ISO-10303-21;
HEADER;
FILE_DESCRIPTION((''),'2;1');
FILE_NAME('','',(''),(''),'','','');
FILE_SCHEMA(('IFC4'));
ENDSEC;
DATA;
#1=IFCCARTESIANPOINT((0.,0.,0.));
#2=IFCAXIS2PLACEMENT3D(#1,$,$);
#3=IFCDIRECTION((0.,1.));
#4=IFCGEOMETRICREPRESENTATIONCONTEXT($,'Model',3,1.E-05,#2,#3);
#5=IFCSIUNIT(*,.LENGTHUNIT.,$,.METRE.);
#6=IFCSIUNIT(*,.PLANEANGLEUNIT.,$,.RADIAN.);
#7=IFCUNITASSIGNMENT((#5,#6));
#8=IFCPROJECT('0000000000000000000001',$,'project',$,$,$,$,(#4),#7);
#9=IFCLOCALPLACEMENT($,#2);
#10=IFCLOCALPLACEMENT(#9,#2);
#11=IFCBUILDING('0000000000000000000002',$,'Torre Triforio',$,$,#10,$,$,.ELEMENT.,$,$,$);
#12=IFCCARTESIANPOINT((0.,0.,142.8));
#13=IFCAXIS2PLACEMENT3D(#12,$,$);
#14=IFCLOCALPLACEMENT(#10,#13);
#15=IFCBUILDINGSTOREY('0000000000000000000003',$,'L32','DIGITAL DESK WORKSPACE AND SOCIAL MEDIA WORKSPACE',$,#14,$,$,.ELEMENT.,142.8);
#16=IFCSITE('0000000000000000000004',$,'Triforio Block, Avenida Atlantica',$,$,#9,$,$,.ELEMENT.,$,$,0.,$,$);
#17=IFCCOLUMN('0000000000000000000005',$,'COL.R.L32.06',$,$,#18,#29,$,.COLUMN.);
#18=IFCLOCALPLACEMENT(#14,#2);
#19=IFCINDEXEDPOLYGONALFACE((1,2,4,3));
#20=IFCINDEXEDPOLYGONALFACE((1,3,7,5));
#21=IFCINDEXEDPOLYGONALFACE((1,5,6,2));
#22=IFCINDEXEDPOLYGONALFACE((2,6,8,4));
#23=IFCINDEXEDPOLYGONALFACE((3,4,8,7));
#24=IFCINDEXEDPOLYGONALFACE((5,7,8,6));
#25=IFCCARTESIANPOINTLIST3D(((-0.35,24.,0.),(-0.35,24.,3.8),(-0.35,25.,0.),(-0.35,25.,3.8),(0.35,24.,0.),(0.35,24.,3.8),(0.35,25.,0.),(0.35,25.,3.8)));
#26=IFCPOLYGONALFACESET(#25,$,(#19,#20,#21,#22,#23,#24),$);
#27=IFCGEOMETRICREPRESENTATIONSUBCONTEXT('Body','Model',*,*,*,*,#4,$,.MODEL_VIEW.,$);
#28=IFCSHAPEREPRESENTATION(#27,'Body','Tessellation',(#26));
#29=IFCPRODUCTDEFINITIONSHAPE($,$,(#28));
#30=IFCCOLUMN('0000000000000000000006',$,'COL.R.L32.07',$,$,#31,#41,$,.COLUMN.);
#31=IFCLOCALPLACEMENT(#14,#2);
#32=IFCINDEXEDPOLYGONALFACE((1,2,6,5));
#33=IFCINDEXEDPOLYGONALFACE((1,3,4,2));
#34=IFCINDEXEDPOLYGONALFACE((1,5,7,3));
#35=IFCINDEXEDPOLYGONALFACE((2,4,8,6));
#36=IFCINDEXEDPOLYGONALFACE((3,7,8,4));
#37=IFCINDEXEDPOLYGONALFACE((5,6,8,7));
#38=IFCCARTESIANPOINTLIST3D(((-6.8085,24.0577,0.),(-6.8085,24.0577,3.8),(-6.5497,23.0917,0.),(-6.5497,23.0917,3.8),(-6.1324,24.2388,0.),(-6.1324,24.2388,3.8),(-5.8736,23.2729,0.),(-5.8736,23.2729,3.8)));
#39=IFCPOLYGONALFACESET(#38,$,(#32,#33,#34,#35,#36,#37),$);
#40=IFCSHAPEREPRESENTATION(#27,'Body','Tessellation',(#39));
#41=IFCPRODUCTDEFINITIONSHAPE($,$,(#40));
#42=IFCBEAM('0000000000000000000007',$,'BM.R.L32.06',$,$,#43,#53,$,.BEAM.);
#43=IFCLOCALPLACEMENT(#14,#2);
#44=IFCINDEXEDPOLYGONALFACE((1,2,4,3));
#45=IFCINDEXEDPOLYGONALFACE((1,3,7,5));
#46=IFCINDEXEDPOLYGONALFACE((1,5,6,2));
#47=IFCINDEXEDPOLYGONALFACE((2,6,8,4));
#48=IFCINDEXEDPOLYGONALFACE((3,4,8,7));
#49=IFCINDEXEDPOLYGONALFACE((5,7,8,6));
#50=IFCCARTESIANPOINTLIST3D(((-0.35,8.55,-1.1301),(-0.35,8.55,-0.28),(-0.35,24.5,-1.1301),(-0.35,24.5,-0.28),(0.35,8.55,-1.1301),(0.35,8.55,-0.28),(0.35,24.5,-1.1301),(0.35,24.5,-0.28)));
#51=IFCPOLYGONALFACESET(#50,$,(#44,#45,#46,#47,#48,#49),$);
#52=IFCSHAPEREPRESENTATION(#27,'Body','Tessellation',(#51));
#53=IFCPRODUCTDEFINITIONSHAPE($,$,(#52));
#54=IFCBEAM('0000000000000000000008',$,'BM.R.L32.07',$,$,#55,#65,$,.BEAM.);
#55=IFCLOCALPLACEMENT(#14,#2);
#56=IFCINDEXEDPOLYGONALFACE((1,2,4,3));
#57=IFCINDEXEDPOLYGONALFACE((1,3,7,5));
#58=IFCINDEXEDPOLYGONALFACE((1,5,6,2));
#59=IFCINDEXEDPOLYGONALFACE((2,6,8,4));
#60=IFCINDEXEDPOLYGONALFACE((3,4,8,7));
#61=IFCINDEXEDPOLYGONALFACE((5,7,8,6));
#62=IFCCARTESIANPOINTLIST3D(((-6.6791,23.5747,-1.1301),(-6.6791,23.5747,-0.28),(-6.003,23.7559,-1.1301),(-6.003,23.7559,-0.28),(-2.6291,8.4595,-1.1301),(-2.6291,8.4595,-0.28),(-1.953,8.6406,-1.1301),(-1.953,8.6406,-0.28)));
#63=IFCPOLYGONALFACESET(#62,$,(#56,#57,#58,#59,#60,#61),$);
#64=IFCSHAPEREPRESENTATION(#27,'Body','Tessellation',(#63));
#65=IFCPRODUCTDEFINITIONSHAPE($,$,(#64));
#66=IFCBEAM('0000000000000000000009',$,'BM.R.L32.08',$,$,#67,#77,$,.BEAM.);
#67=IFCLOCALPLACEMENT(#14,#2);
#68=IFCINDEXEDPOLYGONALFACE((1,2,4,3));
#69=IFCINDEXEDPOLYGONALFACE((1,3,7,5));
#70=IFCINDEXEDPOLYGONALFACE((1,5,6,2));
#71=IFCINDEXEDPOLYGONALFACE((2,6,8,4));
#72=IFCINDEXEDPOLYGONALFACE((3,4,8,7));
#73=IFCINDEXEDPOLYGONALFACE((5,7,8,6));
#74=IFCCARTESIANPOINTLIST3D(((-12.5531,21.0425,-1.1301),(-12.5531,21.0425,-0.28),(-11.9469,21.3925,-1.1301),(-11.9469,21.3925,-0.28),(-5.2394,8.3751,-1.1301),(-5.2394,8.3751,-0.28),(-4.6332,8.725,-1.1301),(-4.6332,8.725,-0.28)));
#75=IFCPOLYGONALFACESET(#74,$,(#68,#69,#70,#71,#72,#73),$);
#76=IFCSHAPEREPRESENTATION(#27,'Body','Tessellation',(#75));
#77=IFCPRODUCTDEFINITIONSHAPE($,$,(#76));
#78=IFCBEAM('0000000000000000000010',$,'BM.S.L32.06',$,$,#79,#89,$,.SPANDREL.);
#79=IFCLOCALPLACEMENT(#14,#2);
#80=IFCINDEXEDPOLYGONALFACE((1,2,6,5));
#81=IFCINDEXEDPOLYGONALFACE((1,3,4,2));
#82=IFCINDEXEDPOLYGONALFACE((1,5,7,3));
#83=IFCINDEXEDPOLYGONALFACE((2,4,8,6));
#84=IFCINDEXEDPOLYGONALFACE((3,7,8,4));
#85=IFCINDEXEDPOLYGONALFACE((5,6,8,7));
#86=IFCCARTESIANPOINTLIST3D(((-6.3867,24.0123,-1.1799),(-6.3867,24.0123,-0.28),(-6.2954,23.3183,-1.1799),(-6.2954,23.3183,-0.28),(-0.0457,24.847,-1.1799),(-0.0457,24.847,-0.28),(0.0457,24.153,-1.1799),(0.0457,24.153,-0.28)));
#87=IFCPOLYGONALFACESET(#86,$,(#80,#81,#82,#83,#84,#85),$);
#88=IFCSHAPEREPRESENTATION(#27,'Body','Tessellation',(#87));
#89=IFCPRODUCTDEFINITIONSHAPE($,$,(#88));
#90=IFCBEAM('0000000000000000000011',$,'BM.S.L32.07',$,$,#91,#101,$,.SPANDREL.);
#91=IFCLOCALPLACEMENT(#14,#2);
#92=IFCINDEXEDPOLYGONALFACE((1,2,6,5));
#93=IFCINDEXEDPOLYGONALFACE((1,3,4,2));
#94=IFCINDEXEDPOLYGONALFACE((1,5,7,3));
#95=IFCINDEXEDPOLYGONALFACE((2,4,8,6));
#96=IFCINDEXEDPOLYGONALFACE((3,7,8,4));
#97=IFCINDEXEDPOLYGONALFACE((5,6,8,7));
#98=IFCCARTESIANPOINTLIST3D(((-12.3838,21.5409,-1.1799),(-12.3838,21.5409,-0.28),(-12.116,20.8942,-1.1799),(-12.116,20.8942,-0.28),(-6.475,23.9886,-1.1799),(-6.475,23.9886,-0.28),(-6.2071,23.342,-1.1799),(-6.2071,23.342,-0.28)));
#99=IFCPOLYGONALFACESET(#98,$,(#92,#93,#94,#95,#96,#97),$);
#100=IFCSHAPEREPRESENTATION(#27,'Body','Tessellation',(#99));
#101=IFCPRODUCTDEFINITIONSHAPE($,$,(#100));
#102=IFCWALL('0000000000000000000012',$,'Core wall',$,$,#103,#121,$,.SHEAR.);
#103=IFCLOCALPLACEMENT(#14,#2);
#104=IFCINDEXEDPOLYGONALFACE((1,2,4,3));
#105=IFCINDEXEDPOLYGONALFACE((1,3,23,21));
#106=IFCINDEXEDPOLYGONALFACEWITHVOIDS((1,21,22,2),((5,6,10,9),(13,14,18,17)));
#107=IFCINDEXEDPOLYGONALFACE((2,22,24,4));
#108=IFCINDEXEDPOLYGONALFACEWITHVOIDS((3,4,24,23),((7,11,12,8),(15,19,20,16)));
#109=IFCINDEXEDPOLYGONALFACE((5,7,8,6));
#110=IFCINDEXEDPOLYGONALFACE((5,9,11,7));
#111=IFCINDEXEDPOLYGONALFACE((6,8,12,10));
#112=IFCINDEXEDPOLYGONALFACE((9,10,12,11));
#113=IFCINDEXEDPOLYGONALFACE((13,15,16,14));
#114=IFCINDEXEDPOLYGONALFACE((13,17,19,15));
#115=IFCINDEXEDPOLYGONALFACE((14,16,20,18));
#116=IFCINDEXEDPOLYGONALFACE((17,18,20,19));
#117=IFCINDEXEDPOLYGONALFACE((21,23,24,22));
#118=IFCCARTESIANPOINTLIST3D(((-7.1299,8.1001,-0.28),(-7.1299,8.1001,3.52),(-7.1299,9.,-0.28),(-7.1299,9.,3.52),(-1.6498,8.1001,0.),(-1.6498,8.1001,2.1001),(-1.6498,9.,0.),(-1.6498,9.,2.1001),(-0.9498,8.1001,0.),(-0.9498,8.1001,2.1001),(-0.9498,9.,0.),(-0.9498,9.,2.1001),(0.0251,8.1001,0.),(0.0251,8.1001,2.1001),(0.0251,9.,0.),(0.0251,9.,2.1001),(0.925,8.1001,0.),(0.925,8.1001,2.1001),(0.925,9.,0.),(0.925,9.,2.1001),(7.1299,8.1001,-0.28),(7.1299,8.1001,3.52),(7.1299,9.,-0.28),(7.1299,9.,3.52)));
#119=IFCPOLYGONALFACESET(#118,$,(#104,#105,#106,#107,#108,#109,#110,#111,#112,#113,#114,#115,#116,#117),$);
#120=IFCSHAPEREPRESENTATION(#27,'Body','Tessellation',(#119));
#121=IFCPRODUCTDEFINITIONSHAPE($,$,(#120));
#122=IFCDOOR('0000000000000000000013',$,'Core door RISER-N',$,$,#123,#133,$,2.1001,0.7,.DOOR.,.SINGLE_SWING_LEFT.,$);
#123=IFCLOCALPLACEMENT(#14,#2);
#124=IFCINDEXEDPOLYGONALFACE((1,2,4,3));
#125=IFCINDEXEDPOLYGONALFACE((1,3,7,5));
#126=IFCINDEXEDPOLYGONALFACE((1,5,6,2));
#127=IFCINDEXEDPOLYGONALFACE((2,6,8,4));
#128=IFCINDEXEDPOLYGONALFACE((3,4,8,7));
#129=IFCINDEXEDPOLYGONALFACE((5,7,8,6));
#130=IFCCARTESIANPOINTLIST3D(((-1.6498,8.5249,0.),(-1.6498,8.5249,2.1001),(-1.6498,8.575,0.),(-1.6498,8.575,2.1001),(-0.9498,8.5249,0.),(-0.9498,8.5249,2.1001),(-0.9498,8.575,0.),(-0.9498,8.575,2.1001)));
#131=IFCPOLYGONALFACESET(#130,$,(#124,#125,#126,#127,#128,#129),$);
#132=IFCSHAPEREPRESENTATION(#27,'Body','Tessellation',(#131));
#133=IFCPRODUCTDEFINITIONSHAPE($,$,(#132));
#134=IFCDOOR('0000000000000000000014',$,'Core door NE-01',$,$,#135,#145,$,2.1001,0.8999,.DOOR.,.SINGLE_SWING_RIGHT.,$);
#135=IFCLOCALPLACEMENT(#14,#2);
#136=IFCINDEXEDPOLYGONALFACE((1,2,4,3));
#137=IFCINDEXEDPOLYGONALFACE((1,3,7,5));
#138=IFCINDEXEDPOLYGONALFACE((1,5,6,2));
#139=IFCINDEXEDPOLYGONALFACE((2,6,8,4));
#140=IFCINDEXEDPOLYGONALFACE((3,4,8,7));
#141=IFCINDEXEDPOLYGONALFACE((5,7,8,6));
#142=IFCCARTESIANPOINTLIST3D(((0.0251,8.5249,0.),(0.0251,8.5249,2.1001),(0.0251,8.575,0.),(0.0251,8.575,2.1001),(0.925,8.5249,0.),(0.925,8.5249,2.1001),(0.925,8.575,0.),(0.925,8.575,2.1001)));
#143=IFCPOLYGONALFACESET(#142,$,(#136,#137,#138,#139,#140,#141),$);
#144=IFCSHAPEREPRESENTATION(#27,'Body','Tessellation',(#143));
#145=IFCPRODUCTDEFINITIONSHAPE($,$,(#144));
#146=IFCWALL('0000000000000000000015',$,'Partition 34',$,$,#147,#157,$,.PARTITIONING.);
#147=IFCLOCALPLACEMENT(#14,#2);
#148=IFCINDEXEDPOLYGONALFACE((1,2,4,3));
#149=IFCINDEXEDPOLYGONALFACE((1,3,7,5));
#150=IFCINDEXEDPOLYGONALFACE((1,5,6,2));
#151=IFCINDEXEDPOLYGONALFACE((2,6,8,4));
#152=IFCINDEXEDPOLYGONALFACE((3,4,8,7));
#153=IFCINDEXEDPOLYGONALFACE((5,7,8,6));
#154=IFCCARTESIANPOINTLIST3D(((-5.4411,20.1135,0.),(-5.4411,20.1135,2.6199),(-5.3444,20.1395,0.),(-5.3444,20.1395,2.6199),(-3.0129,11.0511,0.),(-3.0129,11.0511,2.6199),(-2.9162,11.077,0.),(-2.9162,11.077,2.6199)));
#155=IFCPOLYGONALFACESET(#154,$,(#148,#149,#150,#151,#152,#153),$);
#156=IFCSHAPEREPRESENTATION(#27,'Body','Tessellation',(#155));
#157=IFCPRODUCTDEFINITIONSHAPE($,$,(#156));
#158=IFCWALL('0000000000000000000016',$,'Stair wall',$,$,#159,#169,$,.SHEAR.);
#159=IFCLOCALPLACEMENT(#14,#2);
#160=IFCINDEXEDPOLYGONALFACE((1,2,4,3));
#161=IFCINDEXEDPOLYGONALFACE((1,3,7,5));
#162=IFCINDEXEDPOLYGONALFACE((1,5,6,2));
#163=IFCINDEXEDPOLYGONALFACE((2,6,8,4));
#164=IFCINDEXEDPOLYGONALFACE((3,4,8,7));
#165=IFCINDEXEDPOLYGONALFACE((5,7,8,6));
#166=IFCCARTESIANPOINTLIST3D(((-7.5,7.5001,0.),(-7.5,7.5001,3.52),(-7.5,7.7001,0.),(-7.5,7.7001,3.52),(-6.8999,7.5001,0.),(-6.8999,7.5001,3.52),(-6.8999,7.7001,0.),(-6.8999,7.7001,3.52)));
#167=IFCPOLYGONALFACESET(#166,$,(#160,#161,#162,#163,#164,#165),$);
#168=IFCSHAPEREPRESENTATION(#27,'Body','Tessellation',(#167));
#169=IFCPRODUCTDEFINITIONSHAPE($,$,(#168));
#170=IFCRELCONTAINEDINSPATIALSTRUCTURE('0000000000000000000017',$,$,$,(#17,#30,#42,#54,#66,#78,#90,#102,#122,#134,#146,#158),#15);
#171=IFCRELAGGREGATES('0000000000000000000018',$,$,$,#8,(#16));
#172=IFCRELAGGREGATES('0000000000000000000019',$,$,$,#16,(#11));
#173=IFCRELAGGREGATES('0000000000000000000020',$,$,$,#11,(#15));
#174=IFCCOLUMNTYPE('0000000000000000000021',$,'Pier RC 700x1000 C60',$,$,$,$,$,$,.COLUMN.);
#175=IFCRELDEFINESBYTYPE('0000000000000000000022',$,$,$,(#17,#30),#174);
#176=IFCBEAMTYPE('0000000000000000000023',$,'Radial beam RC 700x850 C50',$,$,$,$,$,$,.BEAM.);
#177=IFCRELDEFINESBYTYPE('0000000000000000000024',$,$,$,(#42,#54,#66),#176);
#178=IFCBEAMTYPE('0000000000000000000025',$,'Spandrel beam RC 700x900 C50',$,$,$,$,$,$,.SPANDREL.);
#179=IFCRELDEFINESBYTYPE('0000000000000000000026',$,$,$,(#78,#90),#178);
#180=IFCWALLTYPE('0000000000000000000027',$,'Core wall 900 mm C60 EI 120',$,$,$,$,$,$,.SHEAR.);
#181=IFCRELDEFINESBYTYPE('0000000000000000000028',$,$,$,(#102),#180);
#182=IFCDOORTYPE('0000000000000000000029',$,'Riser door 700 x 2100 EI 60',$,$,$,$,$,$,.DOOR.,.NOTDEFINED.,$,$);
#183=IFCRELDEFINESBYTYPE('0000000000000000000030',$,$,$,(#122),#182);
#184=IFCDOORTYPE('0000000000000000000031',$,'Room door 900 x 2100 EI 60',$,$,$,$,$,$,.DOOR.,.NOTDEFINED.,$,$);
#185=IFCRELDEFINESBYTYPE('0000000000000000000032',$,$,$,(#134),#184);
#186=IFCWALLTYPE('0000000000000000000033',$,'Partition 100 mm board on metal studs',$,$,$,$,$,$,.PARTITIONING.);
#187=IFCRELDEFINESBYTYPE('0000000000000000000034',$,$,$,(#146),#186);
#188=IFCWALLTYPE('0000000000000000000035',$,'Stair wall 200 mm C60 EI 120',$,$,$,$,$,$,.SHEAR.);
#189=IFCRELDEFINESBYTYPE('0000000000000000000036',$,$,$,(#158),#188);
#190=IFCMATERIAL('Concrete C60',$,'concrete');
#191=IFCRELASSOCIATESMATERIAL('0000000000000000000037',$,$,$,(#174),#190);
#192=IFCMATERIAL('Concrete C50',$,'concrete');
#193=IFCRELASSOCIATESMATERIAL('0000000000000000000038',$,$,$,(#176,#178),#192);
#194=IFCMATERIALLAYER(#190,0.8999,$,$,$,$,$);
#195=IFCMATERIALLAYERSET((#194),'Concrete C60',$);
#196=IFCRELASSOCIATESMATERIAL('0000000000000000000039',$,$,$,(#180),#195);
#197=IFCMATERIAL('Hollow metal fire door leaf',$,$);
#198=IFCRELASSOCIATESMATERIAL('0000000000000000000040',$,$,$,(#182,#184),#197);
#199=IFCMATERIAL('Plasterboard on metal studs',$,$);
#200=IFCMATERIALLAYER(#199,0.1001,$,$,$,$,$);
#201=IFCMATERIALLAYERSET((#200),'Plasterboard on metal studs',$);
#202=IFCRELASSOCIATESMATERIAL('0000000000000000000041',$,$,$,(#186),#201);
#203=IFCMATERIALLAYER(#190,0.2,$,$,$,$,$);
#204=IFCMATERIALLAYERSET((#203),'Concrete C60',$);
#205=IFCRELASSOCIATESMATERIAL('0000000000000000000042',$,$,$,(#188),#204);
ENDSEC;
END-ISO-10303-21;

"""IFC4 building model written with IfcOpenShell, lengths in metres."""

from ifc_helpers import new_model, si_unit, direction, frame, frame_2d, origin, origin_2d, place, context, subcontext, project, spatial, rectangle, extrude, material, layer, layer_set, material_profile, profile_set, type_object, element, fill, save


model = new_model("IFC4")

# Units and contexts
model_context = context("Model", 3, precision=1e-05, world=origin(), true_north=direction((0.0, 1.0)))
body_context = subcontext(model_context, "Body", "Model", "MODEL_VIEW")
ifc_project = project(units=[si_unit("LENGTHUNIT", "METRE"), si_unit("PLANEANGLEUNIT", "RADIAN")], contexts=[model_context])

# Site, building, storey
site_placement = place(None, origin())
site = spatial("IfcSite", under=ifc_project, at=site_placement, Name="Triforio Block, Avenida Atlantica", CompositionType="ELEMENT", RefElevation=0.0)
building_placement = place(site_placement, origin())
building = spatial("IfcBuilding", under=site, at=building_placement, Name="Torre Triforio", CompositionType="ELEMENT")
storey_placement = place(building_placement, frame((0.0, 0.0, 142.8)))
storey = spatial("IfcBuildingStorey", under=building, at=storey_placement, Name="L32", Description="DIGITAL DESK WORKSPACE AND SOCIAL MEDIA WORKSPACE", CompositionType="ELEMENT", Elevation=142.8)

# Columns
ifc_material_1 = material(Name="Concrete C60", Category="concrete")
ifc_material_profile_1 = material_profile(ifc_material_1, rectangle(XDim=0.7, YDim=1.0, at=origin_2d()), Name="RC 700x1000")
ifc_profile_set_1 = profile_set([ifc_material_profile_1], Name="Concrete C60")
column_type = type_object("IfcColumnType", Name="Pier RC 700x1000 C60", PredefinedType="COLUMN", material=ifc_profile_set_1)
for number, where, z_axis, x_axis, name in (
    (1, (0.0, 24.5, 0.0), (0.0, 0.0, 1.0), (-1.0, 0.0, 0.0), "COL.R.L32.06"),
    (2, (-6.3411, 23.6653, 0.0), (0.0, 0.0, 1.0), (-0.965926, -0.258819, 0.0), "COL.R.L32.07"),
):
    element("IfcColumn", number, at=place(storey_placement, frame(where, z_axis=z_axis, x_axis=x_axis)), inside=storey, type_object=column_type, Name=name, PredefinedType="COLUMN", context=body_context, shape_type="SweptSolid", body=[
        extrude(rectangle(XDim=0.7, YDim=1.0, at=origin_2d()), origin(), (0.0, 0.0, 1.0), 3.8),
    ])

# Beams
ifc_material_2 = material(Name="Concrete C50", Category="concrete")
ifc_material_profile_2 = material_profile(ifc_material_2, rectangle(XDim=0.7, YDim=0.8501, at=origin_2d()), Name="RC 700x850")
ifc_profile_set_2 = profile_set([ifc_material_profile_2], Name="Concrete C50")
beam_type_1 = type_object("IfcBeamType", Name="Radial beam RC 700x850 C50", PredefinedType="BEAM", material=ifc_profile_set_2)
beam_1_placement = place(storey_placement, frame((0.0, 8.55, -0.7051), z_axis=(0.0, 1.0, 0.0), x_axis=(-1.0, 0.0, 0.0)))
element("IfcBeam", 3, at=beam_1_placement, inside=storey, type_object=beam_type_1, Name="BM.R.L32.06", PredefinedType="BEAM", context=body_context, shape_type="SweptSolid", body=[
    extrude(rectangle(XDim=0.7, YDim=0.8501, at=origin_2d()), origin(), (0.0, 0.0, 1.0), 15.95),
])
beam_2_placement = place(storey_placement, frame((-2.291, 8.55, -0.7051), z_axis=(-0.258815, 0.965927, 0.0), x_axis=(-0.965927, -0.258815, 0.0)))
element("IfcBeam", 4, at=beam_2_placement, inside=storey, type_object=beam_type_1, Name="BM.R.L32.07", PredefinedType="BEAM", context=body_context, shape_type="SweptSolid", body=[
    extrude(rectangle(XDim=0.7, YDim=0.8501, at=origin_2d()), origin(), (0.0, 0.0, 1.0), 15.6484),
])
beam_3_placement = place(storey_placement, frame((-4.9363, 8.55, -0.7051), z_axis=(-0.500008, 0.866021, 0.0), x_axis=(-0.866021, -0.500008, 0.0)))
element("IfcBeam", 5, at=beam_3_placement, inside=storey, type_object=beam_type_1, Name="BM.R.L32.08", PredefinedType="BEAM", context=body_context, shape_type="SweptSolid", body=[
    extrude(rectangle(XDim=0.7, YDim=0.8501, at=origin_2d()), origin(), (0.0, 0.0, 1.0), 14.6272),
])
ifc_material_profile_3 = material_profile(ifc_material_2, rectangle(XDim=0.7, YDim=0.8999, at=origin_2d()), Name="RC 700x900")
ifc_profile_set_3 = profile_set([ifc_material_profile_3], Name="Concrete C50")
beam_type_2 = type_object("IfcBeamType", Name="Spandrel beam RC 700x900 C50", PredefinedType="SPANDREL", material=ifc_profile_set_3)
for number, where, z_axis, x_axis, name in (
    (6, (0.0, 24.5, -0.73), (-0.991447, -0.130511, 0.0), (0.130511, -0.991447, 0.0), "BM.S.L32.06"),
    (7, (-6.3411, 23.6653, -0.73), (-0.923869, -0.382709, 0.0), (0.382709, -0.923869, 0.0), "BM.S.L32.07"),
):
    element("IfcBeam", number, at=place(storey_placement, frame(where, z_axis=z_axis, x_axis=x_axis)), inside=storey, type_object=beam_type_2, Name=name, PredefinedType="SPANDREL", context=body_context, shape_type="SweptSolid", body=[
        extrude(rectangle(XDim=0.7, YDim=0.8999, at=origin_2d()), origin(), (0.0, 0.0, 1.0), 6.3958),
    ])

# Wall, openings, doors
ifc_layer_1 = layer(ifc_material_1, 0.8999)
ifc_layer_set_1 = layer_set([ifc_layer_1], Name="Concrete C60")
wall_type_1 = type_object("IfcWallType", Name="Core wall 900 mm C60 EI 120", PredefinedType="SHEAR", material=ifc_layer_set_1)
wall_1_placement = place(storey_placement, frame((-7.1299, 8.55, -0.28), z_axis=(0.0, 0.0, 1.0), x_axis=(1.0, 0.0, 0.0)))
wall_1 = element("IfcWall", 8, at=wall_1_placement, inside=storey, type_object=wall_type_1, Name="Core wall", PredefinedType="SHEAR", context=body_context, shape_type="SweptSolid", body=[
    extrude(rectangle(XDim=14.2598, YDim=0.8999, at=frame_2d((7.1299, 0.0))), origin(), (0.0, 0.0, 1.0), 3.8),
])
opening_1_placement = place(wall_1_placement, frame((5.48, 0.0, 0.28)))
opening_1 = element("IfcOpeningElement", 9, at=opening_1_placement, cuts=wall_1, PredefinedType="OPENING", context=body_context, shape_type="SweptSolid", body=[
    extrude(rectangle(XDim=0.7, YDim=2.1001, at=frame_2d((0.3501, 1.05))), frame((0.0, 0.46, 0.0), z_axis=(0.0, -1.0, 0.0), x_axis=(1.0, 0.0, 0.0)), (0.0, 0.0, 1.0), 0.9199),
])
opening_2_placement = place(wall_1_placement, frame((7.155, 0.0, 0.28)))
opening_2 = element("IfcOpeningElement", 10, at=opening_2_placement, cuts=wall_1, PredefinedType="OPENING", context=body_context, shape_type="SweptSolid", body=[
    extrude(rectangle(XDim=0.8999, YDim=2.1001, at=frame_2d((0.45, 1.05))), frame((0.0, 0.46, 0.0), z_axis=(0.0, -1.0, 0.0), x_axis=(1.0, 0.0, 0.0)), (0.0, 0.0, 1.0), 0.9199),
])
ifc_material_3 = material(Name="Hollow metal fire door leaf")
door_type_1 = type_object("IfcDoorType", Name="Riser door 700 x 2100 EI 60", OperationType="NOTDEFINED", PredefinedType="DOOR", material=ifc_material_3)
door_1_placement = place(opening_1_placement, origin())
door_1 = element("IfcDoor", 11, at=door_1_placement, inside=storey, type_object=door_type_1, Name="Core door RISER-N", OperationType="SINGLE_SWING_LEFT", OverallHeight=2.1001, OverallWidth=0.7, PredefinedType="DOOR", context=body_context, shape_type="SweptSolid", body=[
    extrude(rectangle(XDim=0.7, YDim=2.1001, at=frame_2d((0.3501, 1.05))), frame((0.0, 0.0249, 0.0), z_axis=(0.0, -1.0, 0.0), x_axis=(1.0, 0.0, 0.0)), (0.0, 0.0, 1.0), 0.05),
])
fill(opening_1, door_1)
door_type_2 = type_object("IfcDoorType", Name="Room door 900 x 2100 EI 60", OperationType="NOTDEFINED", PredefinedType="DOOR", material=ifc_material_3)
door_2_placement = place(opening_2_placement, origin())
door_2 = element("IfcDoor", 12, at=door_2_placement, inside=storey, type_object=door_type_2, Name="Core door NE-01", OperationType="SINGLE_SWING_RIGHT", OverallHeight=2.1001, OverallWidth=0.8999, PredefinedType="DOOR", context=body_context, shape_type="SweptSolid", body=[
    extrude(rectangle(XDim=0.8999, YDim=2.1001, at=frame_2d((0.45, 1.05))), frame((0.0, 0.0249, 0.0), z_axis=(0.0, -1.0, 0.0), x_axis=(1.0, 0.0, 0.0)), (0.0, 0.0, 1.0), 0.05),
])
fill(opening_2, door_2)

# Walls
ifc_material_4 = material(Name="Plasterboard on metal studs")
ifc_layer_2 = layer(ifc_material_4, 0.1001)
ifc_layer_set_2 = layer_set([ifc_layer_2], Name="Plasterboard on metal studs")
wall_type_2 = type_object("IfcWallType", Name="Partition 100 mm board on metal studs", PredefinedType="PARTITIONING", material=ifc_layer_set_2)
wall_2_placement = place(storey_placement, frame((-2.9646, 11.0642, 0.0), z_axis=(0.0, 0.0, 1.0), x_axis=(-0.258812, 0.965928, 0.0)))
element("IfcWall", 13, at=wall_2_placement, inside=storey, type_object=wall_type_2, Name="Partition 34", PredefinedType="PARTITIONING", context=body_context, shape_type="SweptSolid", body=[
    extrude(rectangle(XDim=9.3821, YDim=0.1001, at=frame_2d((4.6909, 0.0))), origin(), (0.0, 0.0, 1.0), 2.6199),
])
ifc_layer_3 = layer(ifc_material_1, 0.2)
ifc_layer_set_3 = layer_set([ifc_layer_3], Name="Concrete C60")
wall_type_3 = type_object("IfcWallType", Name="Stair wall 200 mm C60 EI 120", PredefinedType="SHEAR", material=ifc_layer_set_3)
wall_3_placement = place(storey_placement, frame((-7.5, 7.6001, 0.0), z_axis=(0.0, 0.0, 1.0), x_axis=(1.0, 0.0, 0.0)))
element("IfcWall", 14, at=wall_3_placement, inside=storey, type_object=wall_type_3, Name="Stair wall", PredefinedType="SHEAR", context=body_context, shape_type="SweptSolid", body=[
    extrude(rectangle(XDim=0.6001, YDim=0.2, at=frame_2d((0.3, 0.0))), origin(), (0.0, 0.0, 1.0), 3.52),
])

save(model, "model.ifc")
